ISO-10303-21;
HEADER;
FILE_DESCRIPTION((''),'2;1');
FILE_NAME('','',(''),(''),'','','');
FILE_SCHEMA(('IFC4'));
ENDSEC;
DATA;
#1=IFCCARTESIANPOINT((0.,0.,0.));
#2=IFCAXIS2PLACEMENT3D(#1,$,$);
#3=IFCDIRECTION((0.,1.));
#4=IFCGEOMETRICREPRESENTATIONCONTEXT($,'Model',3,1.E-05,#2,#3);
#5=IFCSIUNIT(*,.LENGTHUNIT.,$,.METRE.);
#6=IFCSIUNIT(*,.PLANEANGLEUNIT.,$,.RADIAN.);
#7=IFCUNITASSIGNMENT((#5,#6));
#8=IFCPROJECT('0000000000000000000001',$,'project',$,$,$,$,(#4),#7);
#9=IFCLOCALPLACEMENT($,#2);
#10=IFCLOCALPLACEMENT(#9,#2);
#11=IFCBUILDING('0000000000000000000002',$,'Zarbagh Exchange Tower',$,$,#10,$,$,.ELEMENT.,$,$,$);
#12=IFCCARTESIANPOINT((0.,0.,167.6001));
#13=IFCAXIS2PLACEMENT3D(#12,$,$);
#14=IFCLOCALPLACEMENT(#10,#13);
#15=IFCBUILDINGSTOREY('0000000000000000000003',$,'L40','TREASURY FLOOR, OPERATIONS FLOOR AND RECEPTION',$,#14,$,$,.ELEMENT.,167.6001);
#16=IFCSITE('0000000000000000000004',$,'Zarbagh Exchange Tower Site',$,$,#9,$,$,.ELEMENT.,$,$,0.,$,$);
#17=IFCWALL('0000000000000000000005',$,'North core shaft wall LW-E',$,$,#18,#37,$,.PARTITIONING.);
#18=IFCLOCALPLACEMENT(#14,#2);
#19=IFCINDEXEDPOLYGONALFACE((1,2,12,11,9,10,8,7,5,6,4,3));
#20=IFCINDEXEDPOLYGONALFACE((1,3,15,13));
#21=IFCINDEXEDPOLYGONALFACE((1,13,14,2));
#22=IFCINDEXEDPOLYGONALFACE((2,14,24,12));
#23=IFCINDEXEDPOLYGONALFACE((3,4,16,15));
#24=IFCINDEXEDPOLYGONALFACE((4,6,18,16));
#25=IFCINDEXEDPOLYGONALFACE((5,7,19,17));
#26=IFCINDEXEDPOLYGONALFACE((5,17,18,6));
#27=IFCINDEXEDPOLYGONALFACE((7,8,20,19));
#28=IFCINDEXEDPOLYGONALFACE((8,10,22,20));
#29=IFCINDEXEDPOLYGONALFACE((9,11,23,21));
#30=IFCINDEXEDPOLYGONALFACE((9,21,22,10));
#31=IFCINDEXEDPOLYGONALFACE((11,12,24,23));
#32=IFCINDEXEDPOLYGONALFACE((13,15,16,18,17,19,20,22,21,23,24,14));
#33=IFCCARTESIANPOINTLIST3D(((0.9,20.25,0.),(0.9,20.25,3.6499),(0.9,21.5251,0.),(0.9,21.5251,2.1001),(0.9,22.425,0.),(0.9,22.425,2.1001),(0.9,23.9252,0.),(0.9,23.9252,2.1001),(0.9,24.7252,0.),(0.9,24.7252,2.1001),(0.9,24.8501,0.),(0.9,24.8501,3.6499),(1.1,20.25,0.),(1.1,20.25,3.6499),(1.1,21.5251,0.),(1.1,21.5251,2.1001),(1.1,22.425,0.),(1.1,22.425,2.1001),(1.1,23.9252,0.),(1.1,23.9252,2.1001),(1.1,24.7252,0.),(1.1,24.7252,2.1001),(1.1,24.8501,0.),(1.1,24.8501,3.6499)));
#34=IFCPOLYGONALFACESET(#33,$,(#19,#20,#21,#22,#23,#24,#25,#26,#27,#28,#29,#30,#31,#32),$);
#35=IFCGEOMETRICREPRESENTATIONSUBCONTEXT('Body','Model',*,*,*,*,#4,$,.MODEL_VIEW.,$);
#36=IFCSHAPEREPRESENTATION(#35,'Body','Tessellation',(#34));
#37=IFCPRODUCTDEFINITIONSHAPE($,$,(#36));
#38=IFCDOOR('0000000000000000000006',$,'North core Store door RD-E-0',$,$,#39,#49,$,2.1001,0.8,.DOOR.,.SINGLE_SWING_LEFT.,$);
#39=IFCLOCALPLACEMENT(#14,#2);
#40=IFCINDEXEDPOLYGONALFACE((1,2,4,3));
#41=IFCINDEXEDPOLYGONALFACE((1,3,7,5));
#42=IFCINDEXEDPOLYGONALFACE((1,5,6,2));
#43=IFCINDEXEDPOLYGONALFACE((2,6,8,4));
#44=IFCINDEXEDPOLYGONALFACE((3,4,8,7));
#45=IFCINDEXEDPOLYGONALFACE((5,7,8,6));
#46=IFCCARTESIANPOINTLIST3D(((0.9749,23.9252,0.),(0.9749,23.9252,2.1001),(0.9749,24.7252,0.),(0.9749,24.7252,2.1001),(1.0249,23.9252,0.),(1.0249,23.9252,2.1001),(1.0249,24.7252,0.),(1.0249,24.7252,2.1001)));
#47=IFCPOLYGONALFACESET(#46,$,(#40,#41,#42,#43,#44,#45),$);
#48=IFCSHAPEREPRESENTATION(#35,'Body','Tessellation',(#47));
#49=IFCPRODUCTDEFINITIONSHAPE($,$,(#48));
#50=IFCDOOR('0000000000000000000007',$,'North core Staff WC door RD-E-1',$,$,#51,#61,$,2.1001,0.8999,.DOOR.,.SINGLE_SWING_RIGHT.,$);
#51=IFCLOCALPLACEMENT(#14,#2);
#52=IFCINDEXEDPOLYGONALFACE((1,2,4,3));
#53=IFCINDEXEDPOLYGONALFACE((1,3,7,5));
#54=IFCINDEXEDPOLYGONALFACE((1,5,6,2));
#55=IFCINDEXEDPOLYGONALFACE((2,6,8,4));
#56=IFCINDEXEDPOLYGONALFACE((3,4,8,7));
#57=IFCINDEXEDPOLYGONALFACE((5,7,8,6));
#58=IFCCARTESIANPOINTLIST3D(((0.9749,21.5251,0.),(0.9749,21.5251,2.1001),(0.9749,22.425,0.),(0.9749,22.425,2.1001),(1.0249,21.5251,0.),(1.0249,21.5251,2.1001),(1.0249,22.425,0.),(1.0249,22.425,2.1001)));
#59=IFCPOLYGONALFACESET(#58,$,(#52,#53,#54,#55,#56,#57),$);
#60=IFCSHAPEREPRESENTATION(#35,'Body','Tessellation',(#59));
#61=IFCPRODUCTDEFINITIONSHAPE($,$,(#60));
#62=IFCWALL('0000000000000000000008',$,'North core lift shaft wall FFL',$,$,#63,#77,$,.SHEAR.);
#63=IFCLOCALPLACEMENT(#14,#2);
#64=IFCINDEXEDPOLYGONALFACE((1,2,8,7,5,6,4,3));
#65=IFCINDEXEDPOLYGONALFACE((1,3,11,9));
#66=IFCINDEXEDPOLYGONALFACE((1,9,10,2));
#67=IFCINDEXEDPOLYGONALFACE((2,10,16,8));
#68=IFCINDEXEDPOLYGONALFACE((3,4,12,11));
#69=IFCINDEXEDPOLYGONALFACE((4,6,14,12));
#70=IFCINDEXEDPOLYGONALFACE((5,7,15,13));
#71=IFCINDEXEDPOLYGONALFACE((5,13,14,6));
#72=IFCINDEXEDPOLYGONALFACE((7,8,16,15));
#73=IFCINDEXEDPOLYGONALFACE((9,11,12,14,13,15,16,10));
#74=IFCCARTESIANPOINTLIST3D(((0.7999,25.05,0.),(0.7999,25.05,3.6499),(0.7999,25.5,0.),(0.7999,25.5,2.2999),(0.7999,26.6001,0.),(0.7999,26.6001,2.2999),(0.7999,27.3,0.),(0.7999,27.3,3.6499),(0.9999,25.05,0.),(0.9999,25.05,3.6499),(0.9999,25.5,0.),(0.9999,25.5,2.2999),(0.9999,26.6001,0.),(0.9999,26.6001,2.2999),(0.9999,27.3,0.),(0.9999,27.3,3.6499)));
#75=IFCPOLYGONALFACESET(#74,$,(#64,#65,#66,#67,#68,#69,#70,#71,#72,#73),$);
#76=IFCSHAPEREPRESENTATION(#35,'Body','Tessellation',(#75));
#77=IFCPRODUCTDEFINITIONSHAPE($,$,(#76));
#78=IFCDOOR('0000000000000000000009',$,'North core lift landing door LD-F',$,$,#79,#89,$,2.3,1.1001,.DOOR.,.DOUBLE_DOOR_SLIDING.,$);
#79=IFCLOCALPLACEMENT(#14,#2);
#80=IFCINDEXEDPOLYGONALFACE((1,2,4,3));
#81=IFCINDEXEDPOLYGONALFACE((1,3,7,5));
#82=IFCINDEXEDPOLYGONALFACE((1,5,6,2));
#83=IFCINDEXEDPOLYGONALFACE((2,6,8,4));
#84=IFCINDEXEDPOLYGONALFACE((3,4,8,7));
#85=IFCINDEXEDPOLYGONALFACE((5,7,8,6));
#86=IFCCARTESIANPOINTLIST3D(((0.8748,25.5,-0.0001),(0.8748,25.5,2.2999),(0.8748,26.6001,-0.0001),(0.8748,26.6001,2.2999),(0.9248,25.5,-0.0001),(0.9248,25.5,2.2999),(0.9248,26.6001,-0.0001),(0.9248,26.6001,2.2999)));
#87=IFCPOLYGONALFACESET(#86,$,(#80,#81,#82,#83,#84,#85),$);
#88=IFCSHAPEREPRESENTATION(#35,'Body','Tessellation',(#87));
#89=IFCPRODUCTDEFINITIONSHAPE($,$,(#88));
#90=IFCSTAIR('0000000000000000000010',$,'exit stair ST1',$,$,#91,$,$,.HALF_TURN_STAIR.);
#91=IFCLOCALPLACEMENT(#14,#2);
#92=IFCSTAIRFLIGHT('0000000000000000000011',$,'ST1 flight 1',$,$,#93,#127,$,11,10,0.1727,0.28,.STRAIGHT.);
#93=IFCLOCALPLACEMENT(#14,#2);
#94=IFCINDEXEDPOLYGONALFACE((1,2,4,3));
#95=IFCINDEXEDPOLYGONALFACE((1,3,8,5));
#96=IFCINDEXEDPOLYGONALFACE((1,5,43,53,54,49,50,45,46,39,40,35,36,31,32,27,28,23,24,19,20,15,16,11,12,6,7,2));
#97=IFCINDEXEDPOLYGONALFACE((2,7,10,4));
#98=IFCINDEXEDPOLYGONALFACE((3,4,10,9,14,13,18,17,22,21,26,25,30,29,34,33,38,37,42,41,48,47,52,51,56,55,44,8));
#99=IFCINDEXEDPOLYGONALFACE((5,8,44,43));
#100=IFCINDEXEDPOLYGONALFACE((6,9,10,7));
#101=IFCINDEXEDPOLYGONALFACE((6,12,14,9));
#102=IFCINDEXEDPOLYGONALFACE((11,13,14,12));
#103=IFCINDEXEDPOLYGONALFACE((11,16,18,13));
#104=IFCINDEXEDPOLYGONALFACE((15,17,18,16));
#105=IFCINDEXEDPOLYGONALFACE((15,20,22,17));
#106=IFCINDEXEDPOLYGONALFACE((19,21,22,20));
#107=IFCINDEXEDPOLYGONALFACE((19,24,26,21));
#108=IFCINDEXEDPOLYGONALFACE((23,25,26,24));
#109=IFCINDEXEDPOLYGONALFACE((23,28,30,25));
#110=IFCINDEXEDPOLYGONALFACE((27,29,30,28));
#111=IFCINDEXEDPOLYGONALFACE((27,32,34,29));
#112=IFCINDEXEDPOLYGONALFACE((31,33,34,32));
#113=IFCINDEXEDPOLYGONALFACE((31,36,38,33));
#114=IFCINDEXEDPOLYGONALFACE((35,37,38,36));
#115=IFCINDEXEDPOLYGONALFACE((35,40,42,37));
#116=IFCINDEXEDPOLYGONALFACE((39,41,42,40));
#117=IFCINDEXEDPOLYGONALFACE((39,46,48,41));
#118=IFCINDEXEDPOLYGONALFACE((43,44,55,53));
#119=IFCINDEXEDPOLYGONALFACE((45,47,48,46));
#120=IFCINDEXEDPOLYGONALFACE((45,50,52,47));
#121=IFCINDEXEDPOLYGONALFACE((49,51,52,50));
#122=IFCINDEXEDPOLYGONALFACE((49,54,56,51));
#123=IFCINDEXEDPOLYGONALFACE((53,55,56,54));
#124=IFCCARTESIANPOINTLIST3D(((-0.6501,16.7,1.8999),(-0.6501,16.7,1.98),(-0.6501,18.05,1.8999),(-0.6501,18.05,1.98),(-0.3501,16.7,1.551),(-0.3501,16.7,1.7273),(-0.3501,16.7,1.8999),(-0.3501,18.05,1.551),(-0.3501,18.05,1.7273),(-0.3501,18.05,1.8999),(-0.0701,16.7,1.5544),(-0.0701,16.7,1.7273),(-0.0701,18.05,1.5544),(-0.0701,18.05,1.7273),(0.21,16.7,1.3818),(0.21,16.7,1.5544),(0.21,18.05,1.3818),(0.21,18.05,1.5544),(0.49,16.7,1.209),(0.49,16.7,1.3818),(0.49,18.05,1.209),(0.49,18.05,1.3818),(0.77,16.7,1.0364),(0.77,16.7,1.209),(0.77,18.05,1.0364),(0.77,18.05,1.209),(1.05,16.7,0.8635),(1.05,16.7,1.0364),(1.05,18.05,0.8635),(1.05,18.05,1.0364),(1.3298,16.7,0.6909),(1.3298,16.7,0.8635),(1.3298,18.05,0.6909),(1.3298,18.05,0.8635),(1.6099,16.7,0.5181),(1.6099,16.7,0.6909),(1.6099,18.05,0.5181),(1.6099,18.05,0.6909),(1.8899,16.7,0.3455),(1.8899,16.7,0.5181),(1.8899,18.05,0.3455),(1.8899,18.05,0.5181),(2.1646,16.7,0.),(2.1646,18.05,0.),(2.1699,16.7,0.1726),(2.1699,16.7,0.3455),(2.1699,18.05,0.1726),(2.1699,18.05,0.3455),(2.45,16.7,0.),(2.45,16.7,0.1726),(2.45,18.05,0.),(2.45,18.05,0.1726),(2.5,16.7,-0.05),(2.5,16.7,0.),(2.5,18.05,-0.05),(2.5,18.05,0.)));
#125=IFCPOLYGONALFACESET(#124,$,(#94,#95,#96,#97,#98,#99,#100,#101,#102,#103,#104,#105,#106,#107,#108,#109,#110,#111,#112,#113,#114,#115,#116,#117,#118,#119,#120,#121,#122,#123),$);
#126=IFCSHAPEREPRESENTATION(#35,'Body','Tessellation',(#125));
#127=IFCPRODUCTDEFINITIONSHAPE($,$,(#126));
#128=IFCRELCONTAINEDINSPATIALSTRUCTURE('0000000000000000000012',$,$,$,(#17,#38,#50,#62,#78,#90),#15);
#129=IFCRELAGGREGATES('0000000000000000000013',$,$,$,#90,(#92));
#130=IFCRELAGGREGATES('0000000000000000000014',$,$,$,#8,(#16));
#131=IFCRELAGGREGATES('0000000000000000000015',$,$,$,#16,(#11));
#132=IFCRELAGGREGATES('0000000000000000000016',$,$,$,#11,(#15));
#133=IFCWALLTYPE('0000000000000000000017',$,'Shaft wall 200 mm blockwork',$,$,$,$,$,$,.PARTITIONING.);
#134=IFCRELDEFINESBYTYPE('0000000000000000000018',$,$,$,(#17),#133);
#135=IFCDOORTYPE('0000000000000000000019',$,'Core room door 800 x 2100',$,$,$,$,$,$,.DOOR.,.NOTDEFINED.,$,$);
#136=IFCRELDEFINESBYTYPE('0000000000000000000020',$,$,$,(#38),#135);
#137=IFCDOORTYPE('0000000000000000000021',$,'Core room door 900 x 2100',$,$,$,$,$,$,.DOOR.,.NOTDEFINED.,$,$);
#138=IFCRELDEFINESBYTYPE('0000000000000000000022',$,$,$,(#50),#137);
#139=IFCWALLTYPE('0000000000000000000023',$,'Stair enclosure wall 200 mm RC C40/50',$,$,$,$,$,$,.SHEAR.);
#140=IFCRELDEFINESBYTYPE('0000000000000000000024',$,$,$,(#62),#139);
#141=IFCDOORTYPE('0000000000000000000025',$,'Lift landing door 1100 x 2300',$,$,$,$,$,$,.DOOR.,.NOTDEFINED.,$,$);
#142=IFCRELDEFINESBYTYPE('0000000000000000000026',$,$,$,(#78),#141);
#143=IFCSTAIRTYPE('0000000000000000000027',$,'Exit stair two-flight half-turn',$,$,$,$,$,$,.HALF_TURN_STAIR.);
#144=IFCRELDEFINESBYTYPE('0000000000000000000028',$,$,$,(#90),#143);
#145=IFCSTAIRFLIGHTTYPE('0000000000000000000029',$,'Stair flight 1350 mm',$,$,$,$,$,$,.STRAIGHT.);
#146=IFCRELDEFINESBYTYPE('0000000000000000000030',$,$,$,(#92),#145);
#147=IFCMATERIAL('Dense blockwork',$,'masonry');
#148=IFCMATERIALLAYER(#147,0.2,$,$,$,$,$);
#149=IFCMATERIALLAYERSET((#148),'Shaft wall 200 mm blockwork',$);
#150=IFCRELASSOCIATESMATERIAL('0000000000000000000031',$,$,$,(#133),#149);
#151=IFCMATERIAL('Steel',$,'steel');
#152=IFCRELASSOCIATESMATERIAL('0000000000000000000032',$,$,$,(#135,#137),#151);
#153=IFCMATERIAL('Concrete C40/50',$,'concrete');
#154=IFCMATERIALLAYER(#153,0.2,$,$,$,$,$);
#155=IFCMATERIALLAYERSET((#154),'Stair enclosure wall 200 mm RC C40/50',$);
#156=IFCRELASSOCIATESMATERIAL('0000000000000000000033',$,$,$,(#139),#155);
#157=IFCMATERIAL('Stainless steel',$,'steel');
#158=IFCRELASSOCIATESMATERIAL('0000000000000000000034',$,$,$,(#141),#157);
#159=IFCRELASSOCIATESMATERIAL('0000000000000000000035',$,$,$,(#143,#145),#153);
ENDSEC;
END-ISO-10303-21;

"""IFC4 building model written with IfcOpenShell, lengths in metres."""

from ifc_helpers import new_model, si_unit, direction, frame, frame_2d, origin, place, context, subcontext, project, spatial, polyline, rectangle, outline, extrude, material, layer, layer_set, type_object, element, fill, aggregate, save


model = new_model("IFC4")

# Units and contexts
model_context = context("Model", 3, precision=1e-05, world=origin(), true_north=direction((0.0, 1.0)))
body_context = subcontext(model_context, "Body", "Model", "MODEL_VIEW")
ifc_project = project(units=[si_unit("LENGTHUNIT", "METRE"), si_unit("PLANEANGLEUNIT", "RADIAN")], contexts=[model_context])

# Site, building, storey
site_placement = place(None, origin())
site = spatial("IfcSite", under=ifc_project, at=site_placement, Name="Zarbagh Exchange Tower Site", CompositionType="ELEMENT", RefElevation=0.0)
building_placement = place(site_placement, origin())
building = spatial("IfcBuilding", under=site, at=building_placement, Name="Zarbagh Exchange Tower", CompositionType="ELEMENT")
storey_placement = place(building_placement, frame((0.0, 0.0, 167.6001)))
storey = spatial("IfcBuildingStorey", under=building, at=storey_placement, Name="L40", Description="TREASURY FLOOR, OPERATIONS FLOOR AND RECEPTION", CompositionType="ELEMENT", Elevation=167.6001)

# Shared definitions
ifc_material_1 = material(Name="Dense blockwork", Category="masonry")

# Shared definitions
ifc_material_2 = material(Name="Steel", Category="steel")

# Shared definitions
ifc_layer_1 = layer(ifc_material_1, 0.2)
ifc_layer_set_1 = layer_set([ifc_layer_1], Name="Shaft wall 200 mm blockwork")
wall_type_1 = type_object("IfcWallType", Name="Shaft wall 200 mm blockwork", PredefinedType="PARTITIONING", material=ifc_layer_set_1)

# Wall, openings, doors
wall_1_placement = place(storey_placement, frame((1.0, 24.8501, 0.0), z_axis=(0.0, 0.0, 1.0), x_axis=(0.0, -1.0, 0.0)))
wall_1 = element("IfcWall", 1, at=wall_1_placement, inside=storey, type_object=wall_type_1, Name="North core shaft wall LW-E", PredefinedType="PARTITIONING", context=body_context, shape_type="SweptSolid", body=[
    extrude(rectangle(XDim=4.6001, YDim=0.2, at=frame_2d((2.3, 0.0))), origin(), (0.0, 0.0, 1.0), 3.6499),
])
opening_1_placement = place(wall_1_placement, frame((0.125, 0.0, 0.0)))
opening_1 = element("IfcOpeningElement", 2, at=opening_1_placement, cuts=wall_1, PredefinedType="OPENING", context=body_context, shape_type="SweptSolid", body=[
    extrude(rectangle(XDim=0.8, YDim=2.1001, at=frame_2d((0.3999, 1.05))), frame((0.0, 0.1099, 0.0), z_axis=(0.0, -1.0, 0.0), x_axis=(1.0, 0.0, 0.0)), (0.0, 0.0, 1.0), 0.22),
])
opening_2_placement = place(wall_1_placement, frame((2.425, 0.0, 0.0)))
opening_2 = element("IfcOpeningElement", 3, at=opening_2_placement, cuts=wall_1, PredefinedType="OPENING", context=body_context, shape_type="SweptSolid", body=[
    extrude(rectangle(XDim=0.8999, YDim=2.1001, at=frame_2d((0.45, 1.05))), frame((0.0, 0.1099, 0.0), z_axis=(0.0, -1.0, 0.0), x_axis=(1.0, 0.0, 0.0)), (0.0, 0.0, 1.0), 0.22),
])
door_type_1 = type_object("IfcDoorType", Name="Core room door 800 x 2100", OperationType="NOTDEFINED", PredefinedType="DOOR", material=ifc_material_2)
door_1_placement = place(opening_1_placement, origin())
door_1 = element("IfcDoor", 4, at=door_1_placement, inside=storey, type_object=door_type_1, Name="North core Store door RD-E-0", OperationType="SINGLE_SWING_LEFT", OverallHeight=2.1001, OverallWidth=0.8, PredefinedType="DOOR", context=body_context, shape_type="SweptSolid", body=[
    extrude(rectangle(XDim=0.8, YDim=2.1001, at=frame_2d((0.3999, 1.05))), frame((0.0, 0.0249, 0.0), z_axis=(0.0, -1.0, 0.0), x_axis=(1.0, 0.0, 0.0)), (0.0, 0.0, 1.0), 0.05),
])
fill(opening_1, door_1)
door_type_2 = type_object("IfcDoorType", Name="Core room door 900 x 2100", OperationType="NOTDEFINED", PredefinedType="DOOR", material=ifc_material_2)
door_2_placement = place(opening_2_placement, origin())
door_2 = element("IfcDoor", 5, at=door_2_placement, inside=storey, type_object=door_type_2, Name="North core Staff WC door RD-E-1", OperationType="SINGLE_SWING_RIGHT", OverallHeight=2.1001, OverallWidth=0.8999, PredefinedType="DOOR", context=body_context, shape_type="SweptSolid", body=[
    extrude(rectangle(XDim=0.8999, YDim=2.1001, at=frame_2d((0.45, 1.05))), frame((0.0, 0.0249, 0.0), z_axis=(0.0, -1.0, 0.0), x_axis=(1.0, 0.0, 0.0)), (0.0, 0.0, 1.0), 0.05),
])
fill(opening_2, door_2)

# Wall, opening, door
ifc_material_3 = material(Name="Concrete C40/50", Category="concrete")
ifc_layer_2 = layer(ifc_material_3, 0.2)
ifc_layer_set_2 = layer_set([ifc_layer_2], Name="Stair enclosure wall 200 mm RC C40/50")
wall_type_2 = type_object("IfcWallType", Name="Stair enclosure wall 200 mm RC C40/50", PredefinedType="SHEAR", material=ifc_layer_set_2)
wall_2_placement = place(storey_placement, frame((0.8999, 27.3, 0.0), z_axis=(0.0, 0.0, 1.0), x_axis=(0.0, -1.0, 0.0)))
wall_2 = element("IfcWall", 6, at=wall_2_placement, inside=storey, type_object=wall_type_2, Name="North core lift shaft wall FFL", PredefinedType="SHEAR", context=body_context, shape_type="SweptSolid", body=[
    extrude(rectangle(XDim=2.25, YDim=0.2, at=frame_2d((1.125, 0.0))), origin(), (0.0, 0.0, 1.0), 3.6499),
])
opening_3_placement = place(wall_2_placement, frame((0.7, 0.0, 0.0)))
opening_3 = element("IfcOpeningElement", 7, at=opening_3_placement, cuts=wall_2, PredefinedType="OPENING", context=body_context, shape_type="SweptSolid", body=[
    extrude(rectangle(XDim=1.1001, YDim=2.3, at=frame_2d((0.55, 1.1499))), frame((0.0, 0.1099, 0.0), z_axis=(0.0, -1.0, 0.0), x_axis=(1.0, 0.0, 0.0)), (0.0, 0.0, 1.0), 0.22),
])
ifc_material_4 = material(Name="Stainless steel", Category="steel")
door_type_3 = type_object("IfcDoorType", Name="Lift landing door 1100 x 2300", OperationType="NOTDEFINED", PredefinedType="DOOR", material=ifc_material_4)
door_3_placement = place(opening_3_placement, origin())
door_3 = element("IfcDoor", 8, at=door_3_placement, inside=storey, type_object=door_type_3, Name="North core lift landing door LD-F", OperationType="DOUBLE_DOOR_SLIDING", OverallHeight=2.3, OverallWidth=1.1001, PredefinedType="DOOR", context=body_context, shape_type="SweptSolid", body=[
    extrude(rectangle(XDim=1.1001, YDim=2.3, at=frame_2d((0.55, 1.1499))), frame((0.0, 0.0249, 0.0), z_axis=(0.0, -1.0, 0.0), x_axis=(1.0, 0.0, 0.0)), (0.0, 0.0, 1.0), 0.05),
])
fill(opening_3, door_3)

# Stair, stair flight
stair_type = type_object("IfcStairType", Name="Exit stair two-flight half-turn", PredefinedType="HALF_TURN_STAIR", material=ifc_material_3)
stair_placement = place(storey_placement, origin())
stair = element("IfcStair", 9, at=stair_placement, inside=storey, type_object=stair_type, Name="exit stair ST1", PredefinedType="HALF_TURN_STAIR")
stair_flight_type = type_object("IfcStairFlightType", Name="Stair flight 1350 mm", PredefinedType="STRAIGHT", material=ifc_material_3)
stair_flight_placement = place(storey_placement, frame((2.45, 17.375, 0.0), z_axis=(0.0, 0.0, 1.0), x_axis=(-1.0, 0.0, 0.0)))
stair_flight = element("IfcStairFlight", 10, at=stair_flight_placement, type_object=stair_flight_type, Name="ST1 flight 1", NumberOfRisers=11, NumberOfTreads=10, PredefinedType="STRAIGHT", RiserHeight=0.1727, TreadLength=0.28, context=body_context, shape_type="SweptSolid", body=[
    extrude(outline(polyline([(-0.05, -0.05), (-0.05, 0.0), (0.0, 0.0), (0.0, 0.1726), (0.28, 0.1726), (0.28, 0.3455), (0.5601, 0.3455), (0.5601, 0.5181), (0.8401, 0.5181), (0.8401, 0.6909), (1.1201, 0.6909), (1.1201, 0.8635), (1.3999, 0.8635), (1.3999, 1.0364), (1.6799, 1.0364), (1.6799, 1.209), (1.96, 1.209), (1.96, 1.3818), (2.24, 1.3818), (2.24, 1.5544), (2.52, 1.5544), (2.52, 1.7273), (2.8, 1.7273), (2.8, 1.8999), (3.1001, 1.98), (3.1001, 1.8999), (2.8, 1.551), (0.2854, 0.0), (-0.05, -0.05)])), frame((0.0, 0.675, 0.0), z_axis=(0.0, -1.0, 0.0), x_axis=(1.0, 0.0, 0.0)), (0.0, 0.0, 1.0), 1.3501),
])
aggregate(stair, [stair_flight])

save(model, "model.ifc")
